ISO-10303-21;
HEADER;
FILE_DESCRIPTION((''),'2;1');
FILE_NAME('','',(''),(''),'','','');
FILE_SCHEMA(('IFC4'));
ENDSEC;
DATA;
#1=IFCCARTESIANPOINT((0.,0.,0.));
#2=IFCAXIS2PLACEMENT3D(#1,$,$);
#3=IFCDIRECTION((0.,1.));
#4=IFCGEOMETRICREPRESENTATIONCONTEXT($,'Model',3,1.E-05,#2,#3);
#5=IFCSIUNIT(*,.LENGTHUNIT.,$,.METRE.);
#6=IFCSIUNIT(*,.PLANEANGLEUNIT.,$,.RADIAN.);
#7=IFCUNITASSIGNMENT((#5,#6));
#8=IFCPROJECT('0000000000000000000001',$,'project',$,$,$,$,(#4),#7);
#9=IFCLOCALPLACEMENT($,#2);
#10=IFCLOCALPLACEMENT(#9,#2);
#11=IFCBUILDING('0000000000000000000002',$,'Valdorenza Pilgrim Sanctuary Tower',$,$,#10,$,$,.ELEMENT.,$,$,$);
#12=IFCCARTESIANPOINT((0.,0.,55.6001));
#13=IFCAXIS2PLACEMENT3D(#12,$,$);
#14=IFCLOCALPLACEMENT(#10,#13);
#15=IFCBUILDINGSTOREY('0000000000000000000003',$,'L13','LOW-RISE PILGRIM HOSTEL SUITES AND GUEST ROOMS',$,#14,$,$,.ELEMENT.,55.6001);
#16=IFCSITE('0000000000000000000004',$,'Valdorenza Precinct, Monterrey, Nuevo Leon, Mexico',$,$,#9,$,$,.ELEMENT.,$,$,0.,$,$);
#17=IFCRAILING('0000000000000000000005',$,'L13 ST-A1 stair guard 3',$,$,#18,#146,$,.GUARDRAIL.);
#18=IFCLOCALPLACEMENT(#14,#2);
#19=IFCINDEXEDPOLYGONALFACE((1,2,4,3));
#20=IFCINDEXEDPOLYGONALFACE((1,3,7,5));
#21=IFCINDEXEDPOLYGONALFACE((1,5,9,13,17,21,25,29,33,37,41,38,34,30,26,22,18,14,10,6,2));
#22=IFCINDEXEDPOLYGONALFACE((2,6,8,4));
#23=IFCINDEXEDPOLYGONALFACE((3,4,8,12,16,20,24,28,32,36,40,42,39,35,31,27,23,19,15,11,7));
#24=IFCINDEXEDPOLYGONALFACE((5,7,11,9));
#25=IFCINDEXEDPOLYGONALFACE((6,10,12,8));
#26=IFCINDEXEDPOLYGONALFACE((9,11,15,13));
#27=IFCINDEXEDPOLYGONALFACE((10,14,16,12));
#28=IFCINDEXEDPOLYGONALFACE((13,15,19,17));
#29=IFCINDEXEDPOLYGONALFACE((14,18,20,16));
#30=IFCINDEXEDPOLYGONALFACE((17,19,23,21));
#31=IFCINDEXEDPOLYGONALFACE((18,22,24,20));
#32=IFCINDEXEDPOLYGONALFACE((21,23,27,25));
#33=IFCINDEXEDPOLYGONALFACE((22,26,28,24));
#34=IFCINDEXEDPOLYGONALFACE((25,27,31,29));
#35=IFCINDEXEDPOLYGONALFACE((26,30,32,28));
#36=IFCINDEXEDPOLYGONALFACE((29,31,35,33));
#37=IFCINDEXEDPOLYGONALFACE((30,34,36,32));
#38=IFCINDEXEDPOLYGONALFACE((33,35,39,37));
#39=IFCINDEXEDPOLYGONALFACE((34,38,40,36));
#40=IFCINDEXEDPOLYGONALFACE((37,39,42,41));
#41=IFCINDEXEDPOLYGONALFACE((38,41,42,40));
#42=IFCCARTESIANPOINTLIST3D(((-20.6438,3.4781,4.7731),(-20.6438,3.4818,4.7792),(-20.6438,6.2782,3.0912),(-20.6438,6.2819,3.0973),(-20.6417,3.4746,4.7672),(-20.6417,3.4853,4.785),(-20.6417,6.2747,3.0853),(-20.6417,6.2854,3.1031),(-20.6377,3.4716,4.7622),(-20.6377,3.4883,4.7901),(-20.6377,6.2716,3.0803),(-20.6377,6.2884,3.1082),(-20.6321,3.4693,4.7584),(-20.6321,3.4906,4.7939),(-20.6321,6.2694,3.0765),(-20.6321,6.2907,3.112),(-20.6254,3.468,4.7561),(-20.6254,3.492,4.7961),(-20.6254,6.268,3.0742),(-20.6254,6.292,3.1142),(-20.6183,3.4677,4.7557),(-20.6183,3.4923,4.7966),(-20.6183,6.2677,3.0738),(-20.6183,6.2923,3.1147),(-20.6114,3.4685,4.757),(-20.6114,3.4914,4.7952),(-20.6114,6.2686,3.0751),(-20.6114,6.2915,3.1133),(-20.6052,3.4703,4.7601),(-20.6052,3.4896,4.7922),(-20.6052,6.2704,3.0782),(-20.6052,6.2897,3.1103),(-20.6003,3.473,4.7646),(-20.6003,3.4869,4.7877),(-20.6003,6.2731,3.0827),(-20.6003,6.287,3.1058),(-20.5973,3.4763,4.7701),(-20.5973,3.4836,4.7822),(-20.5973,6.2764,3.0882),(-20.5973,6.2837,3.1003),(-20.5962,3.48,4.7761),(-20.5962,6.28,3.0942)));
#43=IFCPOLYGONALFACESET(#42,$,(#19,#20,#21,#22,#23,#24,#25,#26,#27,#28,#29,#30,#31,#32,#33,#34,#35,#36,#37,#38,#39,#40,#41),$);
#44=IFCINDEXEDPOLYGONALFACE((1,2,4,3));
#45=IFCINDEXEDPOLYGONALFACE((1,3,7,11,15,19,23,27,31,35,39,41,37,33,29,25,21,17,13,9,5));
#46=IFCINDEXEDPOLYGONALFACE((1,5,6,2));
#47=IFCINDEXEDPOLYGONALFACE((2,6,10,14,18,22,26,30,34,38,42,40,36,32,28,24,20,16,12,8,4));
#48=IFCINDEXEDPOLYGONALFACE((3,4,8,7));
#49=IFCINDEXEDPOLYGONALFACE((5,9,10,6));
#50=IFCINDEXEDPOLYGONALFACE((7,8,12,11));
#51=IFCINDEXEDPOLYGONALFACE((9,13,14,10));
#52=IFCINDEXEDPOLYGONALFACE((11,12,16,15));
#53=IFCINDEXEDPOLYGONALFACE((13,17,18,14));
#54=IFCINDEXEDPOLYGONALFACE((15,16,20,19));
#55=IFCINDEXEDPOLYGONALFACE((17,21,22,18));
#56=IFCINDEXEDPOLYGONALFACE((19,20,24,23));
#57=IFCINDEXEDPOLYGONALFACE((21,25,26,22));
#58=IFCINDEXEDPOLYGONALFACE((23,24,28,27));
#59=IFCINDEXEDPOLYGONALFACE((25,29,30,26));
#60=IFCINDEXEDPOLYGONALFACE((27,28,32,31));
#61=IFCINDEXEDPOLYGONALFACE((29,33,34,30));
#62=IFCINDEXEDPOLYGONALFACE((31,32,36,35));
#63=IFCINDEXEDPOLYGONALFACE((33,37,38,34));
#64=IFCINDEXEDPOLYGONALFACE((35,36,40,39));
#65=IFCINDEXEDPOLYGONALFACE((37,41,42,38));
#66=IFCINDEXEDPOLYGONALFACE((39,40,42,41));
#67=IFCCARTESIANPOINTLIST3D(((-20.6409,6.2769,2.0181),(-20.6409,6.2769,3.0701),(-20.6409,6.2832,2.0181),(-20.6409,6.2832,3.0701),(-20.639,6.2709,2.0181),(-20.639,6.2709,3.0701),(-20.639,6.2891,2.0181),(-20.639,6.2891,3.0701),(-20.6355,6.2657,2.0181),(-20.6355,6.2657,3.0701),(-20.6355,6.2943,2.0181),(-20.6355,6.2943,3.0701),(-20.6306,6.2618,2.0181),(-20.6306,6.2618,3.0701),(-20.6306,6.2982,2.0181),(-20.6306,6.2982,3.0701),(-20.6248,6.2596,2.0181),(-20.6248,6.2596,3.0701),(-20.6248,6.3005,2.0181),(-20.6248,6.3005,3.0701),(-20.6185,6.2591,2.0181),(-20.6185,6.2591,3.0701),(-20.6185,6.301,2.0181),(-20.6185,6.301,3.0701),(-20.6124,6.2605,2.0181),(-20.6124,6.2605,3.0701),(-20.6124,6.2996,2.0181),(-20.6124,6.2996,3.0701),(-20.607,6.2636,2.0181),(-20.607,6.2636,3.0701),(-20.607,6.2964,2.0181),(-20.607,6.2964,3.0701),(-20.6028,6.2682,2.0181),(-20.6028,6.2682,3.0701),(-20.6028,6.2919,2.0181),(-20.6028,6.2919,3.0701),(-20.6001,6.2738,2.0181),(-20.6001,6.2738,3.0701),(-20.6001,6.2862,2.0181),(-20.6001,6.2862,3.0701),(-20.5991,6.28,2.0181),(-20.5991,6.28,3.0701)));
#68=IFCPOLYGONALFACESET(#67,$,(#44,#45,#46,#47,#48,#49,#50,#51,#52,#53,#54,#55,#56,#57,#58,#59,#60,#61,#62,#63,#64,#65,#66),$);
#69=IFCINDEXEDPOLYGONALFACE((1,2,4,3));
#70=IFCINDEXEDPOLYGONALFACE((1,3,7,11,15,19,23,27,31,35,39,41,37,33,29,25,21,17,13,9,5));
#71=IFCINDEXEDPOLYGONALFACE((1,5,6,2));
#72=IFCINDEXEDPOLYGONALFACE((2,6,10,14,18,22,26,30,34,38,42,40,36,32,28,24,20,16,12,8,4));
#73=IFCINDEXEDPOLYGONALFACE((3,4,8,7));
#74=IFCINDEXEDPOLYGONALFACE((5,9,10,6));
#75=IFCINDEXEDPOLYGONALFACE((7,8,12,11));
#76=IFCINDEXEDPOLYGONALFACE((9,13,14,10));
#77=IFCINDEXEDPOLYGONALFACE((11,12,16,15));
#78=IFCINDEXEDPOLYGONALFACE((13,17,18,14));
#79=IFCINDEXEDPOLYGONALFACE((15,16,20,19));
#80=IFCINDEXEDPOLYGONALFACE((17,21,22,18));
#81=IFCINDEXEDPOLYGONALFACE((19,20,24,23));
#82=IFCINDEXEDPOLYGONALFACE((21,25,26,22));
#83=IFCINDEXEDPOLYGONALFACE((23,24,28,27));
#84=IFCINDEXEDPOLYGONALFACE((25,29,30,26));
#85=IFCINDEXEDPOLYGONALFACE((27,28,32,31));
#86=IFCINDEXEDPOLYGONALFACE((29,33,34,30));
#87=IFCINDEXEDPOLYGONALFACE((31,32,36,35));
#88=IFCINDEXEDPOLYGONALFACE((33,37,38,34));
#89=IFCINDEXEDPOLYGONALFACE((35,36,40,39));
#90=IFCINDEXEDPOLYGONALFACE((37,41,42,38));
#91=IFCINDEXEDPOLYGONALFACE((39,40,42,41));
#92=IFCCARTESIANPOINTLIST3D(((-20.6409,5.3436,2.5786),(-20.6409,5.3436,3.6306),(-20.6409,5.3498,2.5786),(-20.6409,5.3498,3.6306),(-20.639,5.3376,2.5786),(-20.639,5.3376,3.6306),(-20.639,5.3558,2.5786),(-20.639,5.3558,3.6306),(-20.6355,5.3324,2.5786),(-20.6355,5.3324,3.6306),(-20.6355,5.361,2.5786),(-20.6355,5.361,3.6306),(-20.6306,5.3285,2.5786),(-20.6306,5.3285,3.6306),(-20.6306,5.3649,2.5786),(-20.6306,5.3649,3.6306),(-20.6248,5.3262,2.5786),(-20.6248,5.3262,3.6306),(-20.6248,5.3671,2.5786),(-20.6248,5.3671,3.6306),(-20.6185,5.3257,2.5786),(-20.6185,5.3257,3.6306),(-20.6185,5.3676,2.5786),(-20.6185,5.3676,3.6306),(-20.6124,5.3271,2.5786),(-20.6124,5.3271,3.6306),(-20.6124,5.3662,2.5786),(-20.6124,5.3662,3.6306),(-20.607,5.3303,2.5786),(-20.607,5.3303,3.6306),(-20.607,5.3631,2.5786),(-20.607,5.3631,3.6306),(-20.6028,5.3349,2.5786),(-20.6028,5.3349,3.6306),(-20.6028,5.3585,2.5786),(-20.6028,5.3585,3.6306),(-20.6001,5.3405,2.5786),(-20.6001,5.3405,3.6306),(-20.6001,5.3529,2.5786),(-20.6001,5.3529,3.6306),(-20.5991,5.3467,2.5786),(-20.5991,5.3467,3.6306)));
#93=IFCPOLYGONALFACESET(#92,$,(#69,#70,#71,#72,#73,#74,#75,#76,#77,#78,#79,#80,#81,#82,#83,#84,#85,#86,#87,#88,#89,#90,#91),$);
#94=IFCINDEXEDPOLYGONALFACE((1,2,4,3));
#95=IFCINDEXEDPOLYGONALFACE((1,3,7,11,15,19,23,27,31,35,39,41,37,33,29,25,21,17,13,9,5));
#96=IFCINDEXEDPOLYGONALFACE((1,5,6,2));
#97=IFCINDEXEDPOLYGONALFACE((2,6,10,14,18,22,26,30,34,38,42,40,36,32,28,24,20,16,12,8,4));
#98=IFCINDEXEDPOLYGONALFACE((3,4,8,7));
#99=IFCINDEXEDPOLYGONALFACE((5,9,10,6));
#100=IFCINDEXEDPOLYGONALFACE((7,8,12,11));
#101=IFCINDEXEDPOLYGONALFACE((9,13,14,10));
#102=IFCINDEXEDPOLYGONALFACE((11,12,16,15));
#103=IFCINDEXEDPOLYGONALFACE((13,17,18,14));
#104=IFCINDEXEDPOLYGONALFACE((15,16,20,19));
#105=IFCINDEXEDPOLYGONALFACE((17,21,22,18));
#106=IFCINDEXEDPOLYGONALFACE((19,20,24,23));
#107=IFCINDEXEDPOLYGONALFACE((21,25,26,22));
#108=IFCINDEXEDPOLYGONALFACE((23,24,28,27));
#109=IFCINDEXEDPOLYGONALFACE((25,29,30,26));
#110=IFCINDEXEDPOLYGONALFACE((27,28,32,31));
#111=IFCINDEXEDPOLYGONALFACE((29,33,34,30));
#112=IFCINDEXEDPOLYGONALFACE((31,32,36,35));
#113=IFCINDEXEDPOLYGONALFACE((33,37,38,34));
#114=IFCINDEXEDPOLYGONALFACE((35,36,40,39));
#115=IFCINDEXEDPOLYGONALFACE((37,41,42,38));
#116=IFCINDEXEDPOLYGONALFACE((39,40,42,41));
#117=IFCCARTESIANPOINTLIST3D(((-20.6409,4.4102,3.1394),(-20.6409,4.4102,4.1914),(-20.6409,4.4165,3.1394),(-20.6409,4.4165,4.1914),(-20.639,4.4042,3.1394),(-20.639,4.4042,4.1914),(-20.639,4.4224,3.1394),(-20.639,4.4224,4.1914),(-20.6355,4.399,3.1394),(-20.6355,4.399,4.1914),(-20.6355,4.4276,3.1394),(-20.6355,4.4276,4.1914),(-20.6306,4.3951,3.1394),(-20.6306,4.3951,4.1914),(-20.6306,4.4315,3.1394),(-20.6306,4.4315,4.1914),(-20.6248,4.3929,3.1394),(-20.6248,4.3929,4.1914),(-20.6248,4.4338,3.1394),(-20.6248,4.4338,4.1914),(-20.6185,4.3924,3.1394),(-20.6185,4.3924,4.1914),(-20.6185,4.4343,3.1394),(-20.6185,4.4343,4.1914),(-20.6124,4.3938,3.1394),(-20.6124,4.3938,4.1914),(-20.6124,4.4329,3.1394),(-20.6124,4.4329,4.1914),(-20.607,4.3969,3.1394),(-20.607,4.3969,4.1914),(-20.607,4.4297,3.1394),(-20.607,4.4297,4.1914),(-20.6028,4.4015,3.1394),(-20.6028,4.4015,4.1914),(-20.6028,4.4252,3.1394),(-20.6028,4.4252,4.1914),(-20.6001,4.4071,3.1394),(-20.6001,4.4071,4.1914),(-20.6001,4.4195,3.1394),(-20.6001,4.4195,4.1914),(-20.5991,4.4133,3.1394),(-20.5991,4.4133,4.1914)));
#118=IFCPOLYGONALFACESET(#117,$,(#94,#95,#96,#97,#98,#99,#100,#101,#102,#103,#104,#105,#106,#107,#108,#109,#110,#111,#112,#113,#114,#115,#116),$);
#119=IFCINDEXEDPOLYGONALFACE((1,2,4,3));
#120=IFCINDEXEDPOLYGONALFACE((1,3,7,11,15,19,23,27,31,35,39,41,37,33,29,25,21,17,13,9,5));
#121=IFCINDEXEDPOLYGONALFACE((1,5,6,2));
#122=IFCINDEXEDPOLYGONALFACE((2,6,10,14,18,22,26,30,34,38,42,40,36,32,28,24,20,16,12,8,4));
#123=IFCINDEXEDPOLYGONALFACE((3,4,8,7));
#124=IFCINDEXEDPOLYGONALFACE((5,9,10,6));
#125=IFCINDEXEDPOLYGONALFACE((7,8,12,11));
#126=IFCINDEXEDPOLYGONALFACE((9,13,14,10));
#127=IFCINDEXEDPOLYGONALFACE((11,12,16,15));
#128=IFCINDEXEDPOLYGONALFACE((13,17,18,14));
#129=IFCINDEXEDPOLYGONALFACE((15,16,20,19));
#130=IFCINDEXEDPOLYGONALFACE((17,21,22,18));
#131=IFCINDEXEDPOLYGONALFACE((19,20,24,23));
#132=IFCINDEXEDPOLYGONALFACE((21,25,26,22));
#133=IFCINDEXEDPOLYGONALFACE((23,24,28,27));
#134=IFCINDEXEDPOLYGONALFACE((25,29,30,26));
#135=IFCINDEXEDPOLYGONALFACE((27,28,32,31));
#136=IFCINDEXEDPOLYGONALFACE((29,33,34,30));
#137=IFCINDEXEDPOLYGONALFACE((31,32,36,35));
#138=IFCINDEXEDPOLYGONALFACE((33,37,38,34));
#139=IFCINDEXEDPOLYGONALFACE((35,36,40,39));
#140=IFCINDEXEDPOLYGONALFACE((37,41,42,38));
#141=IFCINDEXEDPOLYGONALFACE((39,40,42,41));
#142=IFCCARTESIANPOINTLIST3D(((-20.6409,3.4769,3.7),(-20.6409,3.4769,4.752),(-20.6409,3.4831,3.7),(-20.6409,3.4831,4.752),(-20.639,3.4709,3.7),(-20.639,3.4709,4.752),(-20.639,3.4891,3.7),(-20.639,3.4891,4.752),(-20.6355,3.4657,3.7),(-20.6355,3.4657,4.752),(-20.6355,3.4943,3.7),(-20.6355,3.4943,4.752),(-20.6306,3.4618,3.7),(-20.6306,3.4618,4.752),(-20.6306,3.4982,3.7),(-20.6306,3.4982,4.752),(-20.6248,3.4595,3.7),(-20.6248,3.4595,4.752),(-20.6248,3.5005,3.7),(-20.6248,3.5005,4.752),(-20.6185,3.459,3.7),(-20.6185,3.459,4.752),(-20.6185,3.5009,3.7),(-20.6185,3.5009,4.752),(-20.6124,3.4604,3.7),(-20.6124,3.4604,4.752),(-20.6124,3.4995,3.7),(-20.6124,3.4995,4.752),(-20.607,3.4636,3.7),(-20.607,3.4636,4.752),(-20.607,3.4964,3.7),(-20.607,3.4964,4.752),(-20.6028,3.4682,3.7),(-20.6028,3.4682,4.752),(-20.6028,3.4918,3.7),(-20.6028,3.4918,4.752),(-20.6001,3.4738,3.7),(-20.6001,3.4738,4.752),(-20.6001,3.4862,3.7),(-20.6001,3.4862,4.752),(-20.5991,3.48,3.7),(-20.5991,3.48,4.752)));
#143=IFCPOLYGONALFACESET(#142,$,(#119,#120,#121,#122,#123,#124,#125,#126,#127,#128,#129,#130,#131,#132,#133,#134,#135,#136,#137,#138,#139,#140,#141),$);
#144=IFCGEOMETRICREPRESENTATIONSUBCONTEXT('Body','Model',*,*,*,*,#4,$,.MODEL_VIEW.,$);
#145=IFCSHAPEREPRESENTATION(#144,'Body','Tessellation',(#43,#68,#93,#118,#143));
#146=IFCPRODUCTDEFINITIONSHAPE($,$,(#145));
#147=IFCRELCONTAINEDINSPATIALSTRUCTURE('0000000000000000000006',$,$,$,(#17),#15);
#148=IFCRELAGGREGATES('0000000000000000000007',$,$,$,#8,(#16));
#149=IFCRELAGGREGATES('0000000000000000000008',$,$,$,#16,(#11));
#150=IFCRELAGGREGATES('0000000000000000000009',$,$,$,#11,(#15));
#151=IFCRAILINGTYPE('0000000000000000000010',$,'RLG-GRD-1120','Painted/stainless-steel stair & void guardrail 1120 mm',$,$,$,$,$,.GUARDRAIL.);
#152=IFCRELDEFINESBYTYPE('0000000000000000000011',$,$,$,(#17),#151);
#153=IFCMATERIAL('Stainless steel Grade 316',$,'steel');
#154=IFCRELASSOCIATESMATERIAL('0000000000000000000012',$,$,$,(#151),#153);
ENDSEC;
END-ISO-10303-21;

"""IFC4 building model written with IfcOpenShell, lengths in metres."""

from ifc_helpers import new_model, si_unit, direction, frame, origin, origin_2d, place, context, subcontext, project, spatial, circle, extrude, material, type_object, element, save


model = new_model("IFC4")

# Units and contexts
model_context = context("Model", 3, precision=1e-05, world=origin(), true_north=direction((0.0, 1.0)))
body_context = subcontext(model_context, "Body", "Model", "MODEL_VIEW")
ifc_project = project(units=[si_unit("LENGTHUNIT", "METRE"), si_unit("PLANEANGLEUNIT", "RADIAN")], contexts=[model_context])

# Site, building, storey
site_placement = place(None, origin())
site = spatial("IfcSite", under=ifc_project, at=site_placement, Name="Valdorenza Precinct, Monterrey, Nuevo Leon, Mexico", CompositionType="ELEMENT", RefElevation=0.0)
building_placement = place(site_placement, origin())
building = spatial("IfcBuilding", under=site, at=building_placement, Name="Valdorenza Pilgrim Sanctuary Tower", CompositionType="ELEMENT")
storey_placement = place(building_placement, frame((0.0, 0.0, 55.6001)))
storey = spatial("IfcBuildingStorey", under=building, at=storey_placement, Name="L13", Description="LOW-RISE PILGRIM HOSTEL SUITES AND GUEST ROOMS", CompositionType="ELEMENT", Elevation=55.6001)

# Railing
ifc_material_1 = material(Name="Stainless steel Grade 316", Category="steel")
railing_type_1 = type_object("IfcRailingType", Name="RLG-GRD-1120", Description="Painted/stainless-steel stair & void guardrail 1120 mm", PredefinedType="GUARDRAIL", material=ifc_material_1)
railing_1_placement = place(storey_placement, frame((-20.6201, 6.28, 2.0181)))
element("IfcRailing", 1, at=railing_1_placement, inside=storey, type_object=railing_type_1, Name="L13 ST-A1 stair guard 3", PredefinedType="GUARDRAIL", context=body_context, shape_type="SweptSolid", body=[
    extrude(circle(Radius=0.0239, at=origin_2d()), frame((0.0, 0.0, 1.0762), z_axis=(0.0, -0.857242, 0.514913), x_axis=(1.0, 0.0, 0.0)), (0.0, 0.0, 1.0), 3.2664),
    extrude(circle(Radius=0.021, at=origin_2d()), origin(), (0.0, 0.0, 1.0), 1.052),
    extrude(circle(Radius=0.021, at=origin_2d()), frame((0.0, -0.9333, 0.5605)), (0.0, 0.0, 1.0), 1.052),
    extrude(circle(Radius=0.021, at=origin_2d()), frame((0.0, -1.8667, 1.1213)), (0.0, 0.0, 1.0), 1.052),
    extrude(circle(Radius=0.021, at=origin_2d()), frame((0.0, -2.8, 1.6819)), (0.0, 0.0, 1.0), 1.052),
])

save(model, "model.ifc")
